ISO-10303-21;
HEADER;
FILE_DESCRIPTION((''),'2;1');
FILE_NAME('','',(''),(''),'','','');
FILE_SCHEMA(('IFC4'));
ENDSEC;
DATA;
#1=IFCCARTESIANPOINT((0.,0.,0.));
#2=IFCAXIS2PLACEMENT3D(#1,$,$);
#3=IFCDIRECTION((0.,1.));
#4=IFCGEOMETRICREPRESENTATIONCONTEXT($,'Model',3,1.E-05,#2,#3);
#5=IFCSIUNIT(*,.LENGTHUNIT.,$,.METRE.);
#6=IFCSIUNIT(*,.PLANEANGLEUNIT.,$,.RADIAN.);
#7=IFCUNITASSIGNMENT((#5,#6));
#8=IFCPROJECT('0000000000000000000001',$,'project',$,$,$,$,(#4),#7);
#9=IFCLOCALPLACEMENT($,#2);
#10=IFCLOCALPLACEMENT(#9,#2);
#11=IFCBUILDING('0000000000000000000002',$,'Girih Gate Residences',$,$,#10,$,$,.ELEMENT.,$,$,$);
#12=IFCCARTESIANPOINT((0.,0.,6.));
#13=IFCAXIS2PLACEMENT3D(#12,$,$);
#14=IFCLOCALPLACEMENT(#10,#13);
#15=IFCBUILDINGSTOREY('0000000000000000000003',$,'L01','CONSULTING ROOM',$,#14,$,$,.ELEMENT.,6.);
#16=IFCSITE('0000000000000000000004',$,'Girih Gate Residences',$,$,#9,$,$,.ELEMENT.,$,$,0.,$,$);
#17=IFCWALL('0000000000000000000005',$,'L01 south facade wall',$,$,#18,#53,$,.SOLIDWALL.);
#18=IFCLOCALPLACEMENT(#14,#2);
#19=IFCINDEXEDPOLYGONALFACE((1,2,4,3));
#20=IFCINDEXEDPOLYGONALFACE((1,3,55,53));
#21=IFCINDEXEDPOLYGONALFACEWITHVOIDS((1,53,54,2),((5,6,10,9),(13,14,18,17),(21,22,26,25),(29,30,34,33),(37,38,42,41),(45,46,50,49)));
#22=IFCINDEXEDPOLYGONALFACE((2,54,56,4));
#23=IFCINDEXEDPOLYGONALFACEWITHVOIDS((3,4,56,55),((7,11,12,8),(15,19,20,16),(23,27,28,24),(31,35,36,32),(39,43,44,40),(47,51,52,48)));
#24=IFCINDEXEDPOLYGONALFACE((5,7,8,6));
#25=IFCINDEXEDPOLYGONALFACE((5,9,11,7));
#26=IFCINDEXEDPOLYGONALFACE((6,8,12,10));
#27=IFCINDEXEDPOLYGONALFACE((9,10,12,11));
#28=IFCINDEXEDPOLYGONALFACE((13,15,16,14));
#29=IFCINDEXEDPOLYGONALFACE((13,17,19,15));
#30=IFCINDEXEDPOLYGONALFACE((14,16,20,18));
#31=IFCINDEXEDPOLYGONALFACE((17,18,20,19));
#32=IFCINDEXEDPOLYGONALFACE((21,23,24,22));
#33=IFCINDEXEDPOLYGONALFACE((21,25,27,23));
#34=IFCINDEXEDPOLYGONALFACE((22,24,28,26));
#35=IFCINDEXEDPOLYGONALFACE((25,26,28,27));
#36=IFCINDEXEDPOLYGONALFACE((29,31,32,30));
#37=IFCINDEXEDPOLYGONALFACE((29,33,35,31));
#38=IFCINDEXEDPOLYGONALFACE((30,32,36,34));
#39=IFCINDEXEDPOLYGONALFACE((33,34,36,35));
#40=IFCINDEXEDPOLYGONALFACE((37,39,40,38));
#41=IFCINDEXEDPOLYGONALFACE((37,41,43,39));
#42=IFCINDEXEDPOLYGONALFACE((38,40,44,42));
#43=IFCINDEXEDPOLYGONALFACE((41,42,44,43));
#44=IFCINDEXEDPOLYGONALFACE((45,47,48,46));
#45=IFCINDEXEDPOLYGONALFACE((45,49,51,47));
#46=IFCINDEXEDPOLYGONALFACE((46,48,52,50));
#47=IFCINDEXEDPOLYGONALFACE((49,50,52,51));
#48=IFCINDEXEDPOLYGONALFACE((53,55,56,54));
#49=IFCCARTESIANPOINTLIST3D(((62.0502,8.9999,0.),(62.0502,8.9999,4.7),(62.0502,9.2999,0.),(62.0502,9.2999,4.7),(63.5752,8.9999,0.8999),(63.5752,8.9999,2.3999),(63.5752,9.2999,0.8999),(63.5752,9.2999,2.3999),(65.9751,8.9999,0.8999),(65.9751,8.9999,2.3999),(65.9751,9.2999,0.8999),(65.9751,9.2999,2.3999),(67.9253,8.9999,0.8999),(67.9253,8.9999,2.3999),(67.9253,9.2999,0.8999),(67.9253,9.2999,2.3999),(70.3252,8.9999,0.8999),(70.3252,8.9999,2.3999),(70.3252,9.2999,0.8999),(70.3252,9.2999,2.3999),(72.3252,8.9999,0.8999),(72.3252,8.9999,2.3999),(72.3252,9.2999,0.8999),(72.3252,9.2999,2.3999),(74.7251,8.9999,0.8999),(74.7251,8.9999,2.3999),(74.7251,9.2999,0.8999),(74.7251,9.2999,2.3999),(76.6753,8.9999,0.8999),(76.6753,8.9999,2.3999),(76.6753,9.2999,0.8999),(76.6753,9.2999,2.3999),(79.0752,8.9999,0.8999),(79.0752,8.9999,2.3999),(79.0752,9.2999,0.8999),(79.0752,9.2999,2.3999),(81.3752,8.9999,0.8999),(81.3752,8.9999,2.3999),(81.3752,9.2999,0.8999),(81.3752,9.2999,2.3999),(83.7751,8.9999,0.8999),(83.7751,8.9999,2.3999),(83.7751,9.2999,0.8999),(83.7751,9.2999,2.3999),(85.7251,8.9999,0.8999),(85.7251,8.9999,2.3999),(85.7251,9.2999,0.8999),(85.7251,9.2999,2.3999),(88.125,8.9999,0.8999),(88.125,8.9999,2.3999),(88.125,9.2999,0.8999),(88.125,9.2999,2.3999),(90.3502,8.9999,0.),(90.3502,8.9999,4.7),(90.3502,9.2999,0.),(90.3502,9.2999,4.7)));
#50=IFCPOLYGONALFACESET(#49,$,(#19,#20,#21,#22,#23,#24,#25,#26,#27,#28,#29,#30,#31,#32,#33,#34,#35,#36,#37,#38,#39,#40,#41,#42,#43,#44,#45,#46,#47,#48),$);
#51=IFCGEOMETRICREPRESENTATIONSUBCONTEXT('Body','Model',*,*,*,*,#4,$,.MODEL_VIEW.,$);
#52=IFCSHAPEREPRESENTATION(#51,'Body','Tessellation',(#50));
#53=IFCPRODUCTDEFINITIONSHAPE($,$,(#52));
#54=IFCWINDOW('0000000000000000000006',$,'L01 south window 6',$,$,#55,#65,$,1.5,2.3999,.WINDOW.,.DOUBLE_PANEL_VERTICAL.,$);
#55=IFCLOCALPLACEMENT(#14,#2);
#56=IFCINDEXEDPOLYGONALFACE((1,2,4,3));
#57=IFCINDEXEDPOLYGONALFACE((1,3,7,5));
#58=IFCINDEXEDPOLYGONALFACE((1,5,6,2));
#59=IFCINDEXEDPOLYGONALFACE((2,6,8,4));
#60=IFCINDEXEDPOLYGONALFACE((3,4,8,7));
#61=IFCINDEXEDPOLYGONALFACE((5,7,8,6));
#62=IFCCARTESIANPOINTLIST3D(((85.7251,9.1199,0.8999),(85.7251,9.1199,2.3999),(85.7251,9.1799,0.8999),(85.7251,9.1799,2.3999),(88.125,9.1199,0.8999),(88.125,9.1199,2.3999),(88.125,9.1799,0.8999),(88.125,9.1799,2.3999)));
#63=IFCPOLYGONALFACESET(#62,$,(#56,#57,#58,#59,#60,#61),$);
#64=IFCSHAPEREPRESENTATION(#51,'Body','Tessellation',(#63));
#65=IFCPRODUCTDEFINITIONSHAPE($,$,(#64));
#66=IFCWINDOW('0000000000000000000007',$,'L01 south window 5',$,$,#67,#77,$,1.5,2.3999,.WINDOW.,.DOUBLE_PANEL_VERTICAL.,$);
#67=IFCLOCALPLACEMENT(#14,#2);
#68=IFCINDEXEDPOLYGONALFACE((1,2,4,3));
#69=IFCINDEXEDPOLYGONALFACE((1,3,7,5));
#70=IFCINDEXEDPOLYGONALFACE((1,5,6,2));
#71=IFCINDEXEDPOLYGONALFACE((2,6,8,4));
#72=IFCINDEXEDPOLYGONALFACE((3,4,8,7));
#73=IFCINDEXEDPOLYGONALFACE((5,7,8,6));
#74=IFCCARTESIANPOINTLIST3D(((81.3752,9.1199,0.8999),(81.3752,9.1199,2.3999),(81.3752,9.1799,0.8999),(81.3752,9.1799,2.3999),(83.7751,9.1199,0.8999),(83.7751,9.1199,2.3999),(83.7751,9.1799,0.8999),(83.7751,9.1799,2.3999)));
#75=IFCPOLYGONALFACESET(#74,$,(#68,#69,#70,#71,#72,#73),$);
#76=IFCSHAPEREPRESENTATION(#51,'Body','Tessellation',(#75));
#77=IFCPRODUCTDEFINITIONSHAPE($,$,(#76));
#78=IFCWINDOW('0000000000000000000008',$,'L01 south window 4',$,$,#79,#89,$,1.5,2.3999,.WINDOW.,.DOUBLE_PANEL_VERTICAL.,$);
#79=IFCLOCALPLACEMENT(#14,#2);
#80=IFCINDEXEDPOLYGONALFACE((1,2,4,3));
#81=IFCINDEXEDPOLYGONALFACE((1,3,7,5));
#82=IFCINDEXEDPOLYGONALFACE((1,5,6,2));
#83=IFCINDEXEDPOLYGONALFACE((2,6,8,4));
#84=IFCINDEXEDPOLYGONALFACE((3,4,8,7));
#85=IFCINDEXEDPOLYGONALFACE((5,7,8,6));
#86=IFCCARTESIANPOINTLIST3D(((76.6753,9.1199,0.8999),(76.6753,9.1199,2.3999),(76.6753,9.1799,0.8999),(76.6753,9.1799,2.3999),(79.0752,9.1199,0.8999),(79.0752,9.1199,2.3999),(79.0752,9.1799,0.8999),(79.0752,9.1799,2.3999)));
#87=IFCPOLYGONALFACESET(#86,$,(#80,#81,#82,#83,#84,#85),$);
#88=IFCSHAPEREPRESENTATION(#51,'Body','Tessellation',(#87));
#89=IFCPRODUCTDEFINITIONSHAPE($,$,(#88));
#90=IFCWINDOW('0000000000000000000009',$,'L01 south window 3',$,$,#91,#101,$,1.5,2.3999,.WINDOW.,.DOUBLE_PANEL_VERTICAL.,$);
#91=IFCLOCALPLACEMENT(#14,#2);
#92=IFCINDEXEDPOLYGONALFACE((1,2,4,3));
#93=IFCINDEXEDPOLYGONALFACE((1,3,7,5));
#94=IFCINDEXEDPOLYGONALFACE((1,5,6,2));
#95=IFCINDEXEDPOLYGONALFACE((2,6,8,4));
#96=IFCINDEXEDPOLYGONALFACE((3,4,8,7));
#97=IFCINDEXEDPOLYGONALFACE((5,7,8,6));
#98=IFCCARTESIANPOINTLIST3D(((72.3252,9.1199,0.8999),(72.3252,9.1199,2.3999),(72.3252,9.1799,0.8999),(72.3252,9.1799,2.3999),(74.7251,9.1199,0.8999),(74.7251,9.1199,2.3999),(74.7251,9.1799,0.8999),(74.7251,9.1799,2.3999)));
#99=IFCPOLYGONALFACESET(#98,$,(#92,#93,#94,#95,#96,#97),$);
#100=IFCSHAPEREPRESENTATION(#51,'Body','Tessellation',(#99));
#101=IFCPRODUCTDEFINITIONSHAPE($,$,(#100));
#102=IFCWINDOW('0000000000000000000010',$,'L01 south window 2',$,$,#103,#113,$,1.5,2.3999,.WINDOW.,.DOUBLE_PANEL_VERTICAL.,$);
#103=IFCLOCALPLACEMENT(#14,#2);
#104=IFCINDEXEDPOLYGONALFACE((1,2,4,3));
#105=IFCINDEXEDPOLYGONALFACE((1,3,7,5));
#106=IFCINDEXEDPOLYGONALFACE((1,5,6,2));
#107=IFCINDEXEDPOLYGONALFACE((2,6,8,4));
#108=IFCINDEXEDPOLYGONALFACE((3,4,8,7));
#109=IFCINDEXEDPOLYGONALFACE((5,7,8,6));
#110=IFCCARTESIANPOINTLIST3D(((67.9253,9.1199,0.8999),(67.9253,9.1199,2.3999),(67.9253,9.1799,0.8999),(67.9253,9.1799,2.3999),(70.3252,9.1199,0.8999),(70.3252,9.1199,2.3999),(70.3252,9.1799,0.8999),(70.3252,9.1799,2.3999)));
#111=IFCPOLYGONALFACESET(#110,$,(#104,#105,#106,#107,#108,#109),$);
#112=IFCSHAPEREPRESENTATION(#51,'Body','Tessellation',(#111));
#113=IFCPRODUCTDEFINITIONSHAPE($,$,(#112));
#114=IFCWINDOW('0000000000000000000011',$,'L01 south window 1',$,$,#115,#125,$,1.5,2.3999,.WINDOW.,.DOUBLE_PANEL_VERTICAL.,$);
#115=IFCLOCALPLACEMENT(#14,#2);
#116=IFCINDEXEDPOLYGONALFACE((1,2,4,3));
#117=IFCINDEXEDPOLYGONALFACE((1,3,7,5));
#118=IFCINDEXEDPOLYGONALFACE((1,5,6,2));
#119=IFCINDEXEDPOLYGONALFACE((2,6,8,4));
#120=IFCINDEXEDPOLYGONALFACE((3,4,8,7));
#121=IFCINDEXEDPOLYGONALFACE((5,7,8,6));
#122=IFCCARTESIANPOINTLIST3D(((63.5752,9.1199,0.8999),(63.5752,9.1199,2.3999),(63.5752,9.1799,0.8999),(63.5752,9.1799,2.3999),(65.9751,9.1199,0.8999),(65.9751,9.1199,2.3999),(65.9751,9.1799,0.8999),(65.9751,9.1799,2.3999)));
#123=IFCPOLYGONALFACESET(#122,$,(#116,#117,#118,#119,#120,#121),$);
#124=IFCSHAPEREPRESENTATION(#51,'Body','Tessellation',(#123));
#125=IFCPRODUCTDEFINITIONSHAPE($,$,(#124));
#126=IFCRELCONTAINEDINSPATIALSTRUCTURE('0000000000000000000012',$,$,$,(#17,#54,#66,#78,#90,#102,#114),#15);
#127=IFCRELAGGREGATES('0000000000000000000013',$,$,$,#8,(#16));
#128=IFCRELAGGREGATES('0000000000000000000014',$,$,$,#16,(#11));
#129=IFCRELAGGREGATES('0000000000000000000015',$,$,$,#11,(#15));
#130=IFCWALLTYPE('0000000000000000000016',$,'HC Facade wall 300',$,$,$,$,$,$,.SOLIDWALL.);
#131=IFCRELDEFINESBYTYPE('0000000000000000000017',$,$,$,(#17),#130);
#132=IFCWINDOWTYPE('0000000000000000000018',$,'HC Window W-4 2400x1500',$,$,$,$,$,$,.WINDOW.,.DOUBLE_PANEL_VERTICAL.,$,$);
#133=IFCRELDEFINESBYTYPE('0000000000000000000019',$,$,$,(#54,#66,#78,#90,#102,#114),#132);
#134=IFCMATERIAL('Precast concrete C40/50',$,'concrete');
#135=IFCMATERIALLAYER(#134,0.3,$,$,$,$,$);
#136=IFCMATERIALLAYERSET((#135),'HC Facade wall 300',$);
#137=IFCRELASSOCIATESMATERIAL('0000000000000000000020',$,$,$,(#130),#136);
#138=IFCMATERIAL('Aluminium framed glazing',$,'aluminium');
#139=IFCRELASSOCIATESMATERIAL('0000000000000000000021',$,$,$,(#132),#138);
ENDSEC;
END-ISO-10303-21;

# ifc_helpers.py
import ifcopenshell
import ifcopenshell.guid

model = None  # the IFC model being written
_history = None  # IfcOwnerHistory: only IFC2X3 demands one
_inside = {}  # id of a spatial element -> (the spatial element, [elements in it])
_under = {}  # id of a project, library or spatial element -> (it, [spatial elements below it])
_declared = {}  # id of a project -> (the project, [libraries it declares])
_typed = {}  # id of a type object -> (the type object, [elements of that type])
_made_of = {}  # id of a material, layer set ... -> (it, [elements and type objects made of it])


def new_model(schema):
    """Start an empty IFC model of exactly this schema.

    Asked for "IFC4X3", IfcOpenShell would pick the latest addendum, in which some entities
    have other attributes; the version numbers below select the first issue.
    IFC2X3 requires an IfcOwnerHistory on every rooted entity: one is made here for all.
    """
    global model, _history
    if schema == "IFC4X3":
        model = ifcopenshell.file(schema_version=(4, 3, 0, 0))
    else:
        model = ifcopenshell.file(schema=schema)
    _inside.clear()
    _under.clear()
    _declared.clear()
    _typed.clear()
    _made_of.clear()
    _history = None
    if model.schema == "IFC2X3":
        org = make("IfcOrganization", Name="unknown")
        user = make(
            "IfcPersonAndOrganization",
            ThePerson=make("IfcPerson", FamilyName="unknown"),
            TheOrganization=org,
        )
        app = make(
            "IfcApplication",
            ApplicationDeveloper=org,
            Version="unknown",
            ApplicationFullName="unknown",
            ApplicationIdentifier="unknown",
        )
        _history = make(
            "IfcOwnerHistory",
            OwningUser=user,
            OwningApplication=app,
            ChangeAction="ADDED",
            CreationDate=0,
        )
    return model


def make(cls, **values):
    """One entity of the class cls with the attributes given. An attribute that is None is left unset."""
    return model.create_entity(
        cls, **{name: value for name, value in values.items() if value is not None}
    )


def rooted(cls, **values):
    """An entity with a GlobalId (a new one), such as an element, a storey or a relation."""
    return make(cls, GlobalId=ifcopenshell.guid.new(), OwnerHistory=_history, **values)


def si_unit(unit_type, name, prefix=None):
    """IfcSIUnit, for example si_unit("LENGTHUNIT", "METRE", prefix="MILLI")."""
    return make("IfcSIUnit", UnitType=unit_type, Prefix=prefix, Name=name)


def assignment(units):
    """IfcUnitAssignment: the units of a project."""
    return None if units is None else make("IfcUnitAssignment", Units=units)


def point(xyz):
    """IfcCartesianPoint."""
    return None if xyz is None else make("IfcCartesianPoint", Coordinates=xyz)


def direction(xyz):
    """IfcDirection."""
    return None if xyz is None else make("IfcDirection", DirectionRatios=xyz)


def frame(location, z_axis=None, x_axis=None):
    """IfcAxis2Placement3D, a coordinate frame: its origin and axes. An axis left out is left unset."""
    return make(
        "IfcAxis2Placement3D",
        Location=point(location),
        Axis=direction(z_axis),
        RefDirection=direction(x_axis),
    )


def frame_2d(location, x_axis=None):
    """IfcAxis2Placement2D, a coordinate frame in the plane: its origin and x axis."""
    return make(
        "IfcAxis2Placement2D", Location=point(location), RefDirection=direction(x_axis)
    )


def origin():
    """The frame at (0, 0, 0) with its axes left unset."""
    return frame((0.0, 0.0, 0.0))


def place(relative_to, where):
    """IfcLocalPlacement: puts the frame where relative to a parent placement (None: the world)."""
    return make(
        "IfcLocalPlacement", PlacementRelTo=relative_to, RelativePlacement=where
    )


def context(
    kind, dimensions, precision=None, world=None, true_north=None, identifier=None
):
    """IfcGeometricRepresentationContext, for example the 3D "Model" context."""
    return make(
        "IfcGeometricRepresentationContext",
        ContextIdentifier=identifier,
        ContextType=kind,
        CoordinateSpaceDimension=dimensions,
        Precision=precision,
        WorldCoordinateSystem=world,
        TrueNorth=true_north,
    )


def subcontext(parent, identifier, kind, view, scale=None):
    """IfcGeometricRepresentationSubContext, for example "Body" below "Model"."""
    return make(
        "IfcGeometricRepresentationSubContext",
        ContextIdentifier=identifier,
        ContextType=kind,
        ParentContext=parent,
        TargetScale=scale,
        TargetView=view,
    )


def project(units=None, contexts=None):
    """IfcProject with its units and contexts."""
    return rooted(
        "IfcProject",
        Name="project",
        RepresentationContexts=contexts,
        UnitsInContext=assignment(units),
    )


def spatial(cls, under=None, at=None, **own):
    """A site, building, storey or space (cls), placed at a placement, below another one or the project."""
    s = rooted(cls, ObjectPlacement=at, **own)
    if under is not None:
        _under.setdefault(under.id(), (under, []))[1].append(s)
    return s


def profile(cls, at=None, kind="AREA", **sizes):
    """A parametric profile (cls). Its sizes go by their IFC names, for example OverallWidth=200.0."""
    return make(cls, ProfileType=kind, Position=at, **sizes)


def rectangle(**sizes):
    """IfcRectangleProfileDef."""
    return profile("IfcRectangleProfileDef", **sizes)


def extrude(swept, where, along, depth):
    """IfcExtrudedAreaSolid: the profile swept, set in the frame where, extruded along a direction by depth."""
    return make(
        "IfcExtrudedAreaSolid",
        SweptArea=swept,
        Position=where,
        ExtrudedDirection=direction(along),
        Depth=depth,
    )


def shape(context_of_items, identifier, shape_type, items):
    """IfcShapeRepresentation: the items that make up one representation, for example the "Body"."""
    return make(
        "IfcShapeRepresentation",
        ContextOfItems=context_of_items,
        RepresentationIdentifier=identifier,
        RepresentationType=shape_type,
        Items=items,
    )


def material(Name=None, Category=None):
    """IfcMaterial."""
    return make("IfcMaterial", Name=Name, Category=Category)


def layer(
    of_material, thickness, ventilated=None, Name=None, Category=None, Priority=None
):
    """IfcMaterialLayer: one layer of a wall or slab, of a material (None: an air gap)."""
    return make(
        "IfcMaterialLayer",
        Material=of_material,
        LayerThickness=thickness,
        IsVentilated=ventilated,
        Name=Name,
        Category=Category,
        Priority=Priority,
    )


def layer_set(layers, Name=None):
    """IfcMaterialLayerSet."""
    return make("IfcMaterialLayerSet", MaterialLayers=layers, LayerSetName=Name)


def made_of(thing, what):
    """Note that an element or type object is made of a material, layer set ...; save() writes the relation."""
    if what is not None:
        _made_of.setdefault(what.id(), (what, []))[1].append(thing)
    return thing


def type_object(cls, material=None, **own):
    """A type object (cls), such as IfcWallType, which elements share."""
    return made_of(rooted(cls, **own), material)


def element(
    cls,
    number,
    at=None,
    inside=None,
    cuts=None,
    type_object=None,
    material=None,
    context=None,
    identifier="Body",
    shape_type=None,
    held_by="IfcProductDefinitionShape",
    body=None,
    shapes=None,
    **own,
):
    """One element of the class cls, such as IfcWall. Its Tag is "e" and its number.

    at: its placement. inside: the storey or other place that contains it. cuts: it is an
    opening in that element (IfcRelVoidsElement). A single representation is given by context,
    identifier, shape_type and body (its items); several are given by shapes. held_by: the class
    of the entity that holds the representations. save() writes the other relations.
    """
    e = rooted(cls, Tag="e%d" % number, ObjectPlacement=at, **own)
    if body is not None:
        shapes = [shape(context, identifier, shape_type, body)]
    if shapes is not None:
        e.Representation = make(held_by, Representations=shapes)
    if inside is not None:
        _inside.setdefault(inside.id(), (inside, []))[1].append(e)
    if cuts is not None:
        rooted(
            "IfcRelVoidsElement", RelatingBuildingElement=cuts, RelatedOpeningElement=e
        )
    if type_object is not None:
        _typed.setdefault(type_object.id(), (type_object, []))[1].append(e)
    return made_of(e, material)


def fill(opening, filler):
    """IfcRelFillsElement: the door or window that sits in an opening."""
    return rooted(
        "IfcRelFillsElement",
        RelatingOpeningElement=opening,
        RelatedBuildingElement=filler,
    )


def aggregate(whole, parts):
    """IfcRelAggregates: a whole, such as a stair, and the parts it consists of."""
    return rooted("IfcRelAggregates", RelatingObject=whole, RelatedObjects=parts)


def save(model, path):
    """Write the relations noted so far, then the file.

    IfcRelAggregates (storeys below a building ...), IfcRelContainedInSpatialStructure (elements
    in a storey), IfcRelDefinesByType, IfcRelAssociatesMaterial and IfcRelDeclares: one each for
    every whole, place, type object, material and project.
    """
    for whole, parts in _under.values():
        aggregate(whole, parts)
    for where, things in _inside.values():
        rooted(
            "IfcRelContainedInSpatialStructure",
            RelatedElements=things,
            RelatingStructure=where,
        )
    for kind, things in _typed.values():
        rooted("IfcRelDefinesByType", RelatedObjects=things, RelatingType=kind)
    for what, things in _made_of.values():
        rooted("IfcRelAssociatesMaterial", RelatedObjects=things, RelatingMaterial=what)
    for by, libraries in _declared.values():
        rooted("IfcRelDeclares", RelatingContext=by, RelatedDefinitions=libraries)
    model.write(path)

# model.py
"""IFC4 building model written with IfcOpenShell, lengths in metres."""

from ifc_helpers import new_model, si_unit, direction, frame, frame_2d, origin, place, context, subcontext, project, spatial, rectangle, extrude, material, layer, layer_set, type_object, element, fill, save


model = new_model("IFC4")

# Units and contexts
model_context = context("Model", 3, precision=1e-05, world=origin(), true_north=direction((0.0, 1.0)))
body_context = subcontext(model_context, "Body", "Model", "MODEL_VIEW")
ifc_project = project(units=[si_unit("LENGTHUNIT", "METRE"), si_unit("PLANEANGLEUNIT", "RADIAN")], contexts=[model_context])

# Site, building, storey
site_placement = place(None, origin())
site = spatial("IfcSite", under=ifc_project, at=site_placement, Name="Girih Gate Residences", CompositionType="ELEMENT", RefElevation=0.0)
building_placement = place(site_placement, origin())
building = spatial("IfcBuilding", under=site, at=building_placement, Name="Girih Gate Residences", CompositionType="ELEMENT")
storey_placement = place(building_placement, frame((0.0, 0.0, 6.0)))
storey = spatial("IfcBuildingStorey", under=building, at=storey_placement, Name="L01", Description="CONSULTING ROOM", CompositionType="ELEMENT", Elevation=6.0)

# Wall, openings, windows
ifc_material_1 = material(Name="Precast concrete C40/50", Category="concrete")
ifc_layer_1 = layer(ifc_material_1, 0.3)
ifc_layer_set_1 = layer_set([ifc_layer_1], Name="HC Facade wall 300")
wall_type_1 = type_object("IfcWallType", Name="HC Facade wall 300", PredefinedType="SOLIDWALL", material=ifc_layer_set_1)
wall_1_placement = place(storey_placement, frame((90.3501, 9.1499, 0.0), z_axis=(0.0, 0.0, 1.0), x_axis=(-1.0, 0.0, 0.0)))
wall_1 = element("IfcWall", 1, at=wall_1_placement, inside=storey, type_object=wall_type_1, Name="L01 south facade wall", PredefinedType="SOLIDWALL", context=body_context, shape_type="SweptSolid", body=[
    extrude(rectangle(XDim=28.3, YDim=0.3, at=frame_2d((14.1499, 0.0))), origin(), (0.0, 0.0, 1.0), 4.7),
])
opening_1_placement = place(wall_1_placement, frame((2.2251, 0.0, 0.8999)))
opening_1 = element("IfcOpeningElement", 2, at=opening_1_placement, cuts=wall_1, PredefinedType="OPENING", context=body_context, shape_type="SweptSolid", body=[
    extrude(rectangle(XDim=2.3999, YDim=1.5, at=frame_2d((1.2, 0.75))), frame((0.0, 0.1599, 0.0), z_axis=(0.0, -1.0, 0.0), x_axis=(1.0, 0.0, 0.0)), (0.0, 0.0, 1.0), 0.3201),
])
opening_2_placement = place(wall_1_placement, frame((6.575, 0.0, 0.8999)))
opening_2 = element("IfcOpeningElement", 3, at=opening_2_placement, cuts=wall_1, PredefinedType="OPENING", context=body_context, shape_type="SweptSolid", body=[
    extrude(rectangle(XDim=2.3999, YDim=1.5, at=frame_2d((1.2, 0.75))), frame((0.0, 0.1599, 0.0), z_axis=(0.0, -1.0, 0.0), x_axis=(1.0, 0.0, 0.0)), (0.0, 0.0, 1.0), 0.3201),
])
opening_3_placement = place(wall_1_placement, frame((11.2749, 0.0, 0.8999)))
opening_3 = element("IfcOpeningElement", 4, at=opening_3_placement, cuts=wall_1, PredefinedType="OPENING", context=body_context, shape_type="SweptSolid", body=[
    extrude(rectangle(XDim=2.3999, YDim=1.5, at=frame_2d((1.2, 0.75))), frame((0.0, 0.1599, 0.0), z_axis=(0.0, -1.0, 0.0), x_axis=(1.0, 0.0, 0.0)), (0.0, 0.0, 1.0), 0.3201),
])
opening_4_placement = place(wall_1_placement, frame((15.625, 0.0, 0.8999)))
opening_4 = element("IfcOpeningElement", 5, at=opening_4_placement, cuts=wall_1, PredefinedType="OPENING", context=body_context, shape_type="SweptSolid", body=[
    extrude(rectangle(XDim=2.3999, YDim=1.5, at=frame_2d((1.2, 0.75))), frame((0.0, 0.1599, 0.0), z_axis=(0.0, -1.0, 0.0), x_axis=(1.0, 0.0, 0.0)), (0.0, 0.0, 1.0), 0.3201),
])
opening_5_placement = place(wall_1_placement, frame((20.0249, 0.0, 0.8999)))
opening_5 = element("IfcOpeningElement", 6, at=opening_5_placement, cuts=wall_1, PredefinedType="OPENING", context=body_context, shape_type="SweptSolid", body=[
    extrude(rectangle(XDim=2.3999, YDim=1.5, at=frame_2d((1.2, 0.75))), frame((0.0, 0.1599, 0.0), z_axis=(0.0, -1.0, 0.0), x_axis=(1.0, 0.0, 0.0)), (0.0, 0.0, 1.0), 0.3201),
])
opening_6_placement = place(wall_1_placement, frame((24.375, 0.0, 0.8999)))
opening_6 = element("IfcOpeningElement", 7, at=opening_6_placement, cuts=wall_1, PredefinedType="OPENING", context=body_context, shape_type="SweptSolid", body=[
    extrude(rectangle(XDim=2.3999, YDim=1.5, at=frame_2d((1.2, 0.75))), frame((0.0, 0.1599, 0.0), z_axis=(0.0, -1.0, 0.0), x_axis=(1.0, 0.0, 0.0)), (0.0, 0.0, 1.0), 0.3201),
])
ifc_material_2 = material(Name="Aluminium framed glazing", Category="aluminium")
window_type = type_object("IfcWindowType", Name="HC Window W-4 2400x1500", PartitioningType="DOUBLE_PANEL_VERTICAL", PredefinedType="WINDOW", material=ifc_material_2)
window_1_placement = place(opening_1_placement, origin())
window_1 = element("IfcWindow", 8, at=window_1_placement, inside=storey, type_object=window_type, Name="L01 south window 6", OverallHeight=1.5, OverallWidth=2.3999, PartitioningType="DOUBLE_PANEL_VERTICAL", PredefinedType="WINDOW", context=body_context, shape_type="SweptSolid", body=[
    extrude(rectangle(XDim=2.3999, YDim=1.5, at=frame_2d((1.2, 0.75))), frame((0.0, 0.03, 0.0), z_axis=(0.0, -1.0, 0.0), x_axis=(1.0, 0.0, 0.0)), (0.0, 0.0, 1.0), 0.0601),
])
fill(opening_1, window_1)
window_2_placement = place(opening_2_placement, origin())
window_2 = element("IfcWindow", 9, at=window_2_placement, inside=storey, type_object=window_type, Name="L01 south window 5", OverallHeight=1.5, OverallWidth=2.3999, PartitioningType="DOUBLE_PANEL_VERTICAL", PredefinedType="WINDOW", context=body_context, shape_type="SweptSolid", body=[
    extrude(rectangle(XDim=2.3999, YDim=1.5, at=frame_2d((1.2, 0.75))), frame((0.0, 0.03, 0.0), z_axis=(0.0, -1.0, 0.0), x_axis=(1.0, 0.0, 0.0)), (0.0, 0.0, 1.0), 0.0601),
])
fill(opening_2, window_2)
window_3_placement = place(opening_3_placement, origin())
window_3 = element("IfcWindow", 10, at=window_3_placement, inside=storey, type_object=window_type, Name="L01 south window 4", OverallHeight=1.5, OverallWidth=2.3999, PartitioningType="DOUBLE_PANEL_VERTICAL", PredefinedType="WINDOW", context=body_context, shape_type="SweptSolid", body=[
    extrude(rectangle(XDim=2.3999, YDim=1.5, at=frame_2d((1.2, 0.75))), frame((0.0, 0.03, 0.0), z_axis=(0.0, -1.0, 0.0), x_axis=(1.0, 0.0, 0.0)), (0.0, 0.0, 1.0), 0.0601),
])
fill(opening_3, window_3)
window_4_placement = place(opening_4_placement, origin())
window_4 = element("IfcWindow", 11, at=window_4_placement, inside=storey, type_object=window_type, Name="L01 south window 3", OverallHeight=1.5, OverallWidth=2.3999, PartitioningType="DOUBLE_PANEL_VERTICAL", PredefinedType="WINDOW", context=body_context, shape_type="SweptSolid", body=[
    extrude(rectangle(XDim=2.3999, YDim=1.5, at=frame_2d((1.2, 0.75))), frame((0.0, 0.03, 0.0), z_axis=(0.0, -1.0, 0.0), x_axis=(1.0, 0.0, 0.0)), (0.0, 0.0, 1.0), 0.0601),
])
fill(opening_4, window_4)
window_5_placement = place(opening_5_placement, origin())
window_5 = element("IfcWindow", 12, at=window_5_placement, inside=storey, type_object=window_type, Name="L01 south window 2", OverallHeight=1.5, OverallWidth=2.3999, PartitioningType="DOUBLE_PANEL_VERTICAL", PredefinedType="WINDOW", context=body_context, shape_type="SweptSolid", body=[
    extrude(rectangle(XDim=2.3999, YDim=1.5, at=frame_2d((1.2, 0.75))), frame((0.0, 0.03, 0.0), z_axis=(0.0, -1.0, 0.0), x_axis=(1.0, 0.0, 0.0)), (0.0, 0.0, 1.0), 0.0601),
])
fill(opening_5, window_5)
window_6_placement = place(opening_6_placement, origin())
window_6 = element("IfcWindow", 13, at=window_6_placement, inside=storey, type_object=window_type, Name="L01 south window 1", OverallHeight=1.5, OverallWidth=2.3999, PartitioningType="DOUBLE_PANEL_VERTICAL", PredefinedType="WINDOW", context=body_context, shape_type="SweptSolid", body=[
    extrude(rectangle(XDim=2.3999, YDim=1.5, at=frame_2d((1.2, 0.75))), frame((0.0, 0.03, 0.0), z_axis=(0.0, -1.0, 0.0), x_axis=(1.0, 0.0, 0.0)), (0.0, 0.0, 1.0), 0.0601),
])
fill(opening_6, window_6)

save(model, "model.ifc")
